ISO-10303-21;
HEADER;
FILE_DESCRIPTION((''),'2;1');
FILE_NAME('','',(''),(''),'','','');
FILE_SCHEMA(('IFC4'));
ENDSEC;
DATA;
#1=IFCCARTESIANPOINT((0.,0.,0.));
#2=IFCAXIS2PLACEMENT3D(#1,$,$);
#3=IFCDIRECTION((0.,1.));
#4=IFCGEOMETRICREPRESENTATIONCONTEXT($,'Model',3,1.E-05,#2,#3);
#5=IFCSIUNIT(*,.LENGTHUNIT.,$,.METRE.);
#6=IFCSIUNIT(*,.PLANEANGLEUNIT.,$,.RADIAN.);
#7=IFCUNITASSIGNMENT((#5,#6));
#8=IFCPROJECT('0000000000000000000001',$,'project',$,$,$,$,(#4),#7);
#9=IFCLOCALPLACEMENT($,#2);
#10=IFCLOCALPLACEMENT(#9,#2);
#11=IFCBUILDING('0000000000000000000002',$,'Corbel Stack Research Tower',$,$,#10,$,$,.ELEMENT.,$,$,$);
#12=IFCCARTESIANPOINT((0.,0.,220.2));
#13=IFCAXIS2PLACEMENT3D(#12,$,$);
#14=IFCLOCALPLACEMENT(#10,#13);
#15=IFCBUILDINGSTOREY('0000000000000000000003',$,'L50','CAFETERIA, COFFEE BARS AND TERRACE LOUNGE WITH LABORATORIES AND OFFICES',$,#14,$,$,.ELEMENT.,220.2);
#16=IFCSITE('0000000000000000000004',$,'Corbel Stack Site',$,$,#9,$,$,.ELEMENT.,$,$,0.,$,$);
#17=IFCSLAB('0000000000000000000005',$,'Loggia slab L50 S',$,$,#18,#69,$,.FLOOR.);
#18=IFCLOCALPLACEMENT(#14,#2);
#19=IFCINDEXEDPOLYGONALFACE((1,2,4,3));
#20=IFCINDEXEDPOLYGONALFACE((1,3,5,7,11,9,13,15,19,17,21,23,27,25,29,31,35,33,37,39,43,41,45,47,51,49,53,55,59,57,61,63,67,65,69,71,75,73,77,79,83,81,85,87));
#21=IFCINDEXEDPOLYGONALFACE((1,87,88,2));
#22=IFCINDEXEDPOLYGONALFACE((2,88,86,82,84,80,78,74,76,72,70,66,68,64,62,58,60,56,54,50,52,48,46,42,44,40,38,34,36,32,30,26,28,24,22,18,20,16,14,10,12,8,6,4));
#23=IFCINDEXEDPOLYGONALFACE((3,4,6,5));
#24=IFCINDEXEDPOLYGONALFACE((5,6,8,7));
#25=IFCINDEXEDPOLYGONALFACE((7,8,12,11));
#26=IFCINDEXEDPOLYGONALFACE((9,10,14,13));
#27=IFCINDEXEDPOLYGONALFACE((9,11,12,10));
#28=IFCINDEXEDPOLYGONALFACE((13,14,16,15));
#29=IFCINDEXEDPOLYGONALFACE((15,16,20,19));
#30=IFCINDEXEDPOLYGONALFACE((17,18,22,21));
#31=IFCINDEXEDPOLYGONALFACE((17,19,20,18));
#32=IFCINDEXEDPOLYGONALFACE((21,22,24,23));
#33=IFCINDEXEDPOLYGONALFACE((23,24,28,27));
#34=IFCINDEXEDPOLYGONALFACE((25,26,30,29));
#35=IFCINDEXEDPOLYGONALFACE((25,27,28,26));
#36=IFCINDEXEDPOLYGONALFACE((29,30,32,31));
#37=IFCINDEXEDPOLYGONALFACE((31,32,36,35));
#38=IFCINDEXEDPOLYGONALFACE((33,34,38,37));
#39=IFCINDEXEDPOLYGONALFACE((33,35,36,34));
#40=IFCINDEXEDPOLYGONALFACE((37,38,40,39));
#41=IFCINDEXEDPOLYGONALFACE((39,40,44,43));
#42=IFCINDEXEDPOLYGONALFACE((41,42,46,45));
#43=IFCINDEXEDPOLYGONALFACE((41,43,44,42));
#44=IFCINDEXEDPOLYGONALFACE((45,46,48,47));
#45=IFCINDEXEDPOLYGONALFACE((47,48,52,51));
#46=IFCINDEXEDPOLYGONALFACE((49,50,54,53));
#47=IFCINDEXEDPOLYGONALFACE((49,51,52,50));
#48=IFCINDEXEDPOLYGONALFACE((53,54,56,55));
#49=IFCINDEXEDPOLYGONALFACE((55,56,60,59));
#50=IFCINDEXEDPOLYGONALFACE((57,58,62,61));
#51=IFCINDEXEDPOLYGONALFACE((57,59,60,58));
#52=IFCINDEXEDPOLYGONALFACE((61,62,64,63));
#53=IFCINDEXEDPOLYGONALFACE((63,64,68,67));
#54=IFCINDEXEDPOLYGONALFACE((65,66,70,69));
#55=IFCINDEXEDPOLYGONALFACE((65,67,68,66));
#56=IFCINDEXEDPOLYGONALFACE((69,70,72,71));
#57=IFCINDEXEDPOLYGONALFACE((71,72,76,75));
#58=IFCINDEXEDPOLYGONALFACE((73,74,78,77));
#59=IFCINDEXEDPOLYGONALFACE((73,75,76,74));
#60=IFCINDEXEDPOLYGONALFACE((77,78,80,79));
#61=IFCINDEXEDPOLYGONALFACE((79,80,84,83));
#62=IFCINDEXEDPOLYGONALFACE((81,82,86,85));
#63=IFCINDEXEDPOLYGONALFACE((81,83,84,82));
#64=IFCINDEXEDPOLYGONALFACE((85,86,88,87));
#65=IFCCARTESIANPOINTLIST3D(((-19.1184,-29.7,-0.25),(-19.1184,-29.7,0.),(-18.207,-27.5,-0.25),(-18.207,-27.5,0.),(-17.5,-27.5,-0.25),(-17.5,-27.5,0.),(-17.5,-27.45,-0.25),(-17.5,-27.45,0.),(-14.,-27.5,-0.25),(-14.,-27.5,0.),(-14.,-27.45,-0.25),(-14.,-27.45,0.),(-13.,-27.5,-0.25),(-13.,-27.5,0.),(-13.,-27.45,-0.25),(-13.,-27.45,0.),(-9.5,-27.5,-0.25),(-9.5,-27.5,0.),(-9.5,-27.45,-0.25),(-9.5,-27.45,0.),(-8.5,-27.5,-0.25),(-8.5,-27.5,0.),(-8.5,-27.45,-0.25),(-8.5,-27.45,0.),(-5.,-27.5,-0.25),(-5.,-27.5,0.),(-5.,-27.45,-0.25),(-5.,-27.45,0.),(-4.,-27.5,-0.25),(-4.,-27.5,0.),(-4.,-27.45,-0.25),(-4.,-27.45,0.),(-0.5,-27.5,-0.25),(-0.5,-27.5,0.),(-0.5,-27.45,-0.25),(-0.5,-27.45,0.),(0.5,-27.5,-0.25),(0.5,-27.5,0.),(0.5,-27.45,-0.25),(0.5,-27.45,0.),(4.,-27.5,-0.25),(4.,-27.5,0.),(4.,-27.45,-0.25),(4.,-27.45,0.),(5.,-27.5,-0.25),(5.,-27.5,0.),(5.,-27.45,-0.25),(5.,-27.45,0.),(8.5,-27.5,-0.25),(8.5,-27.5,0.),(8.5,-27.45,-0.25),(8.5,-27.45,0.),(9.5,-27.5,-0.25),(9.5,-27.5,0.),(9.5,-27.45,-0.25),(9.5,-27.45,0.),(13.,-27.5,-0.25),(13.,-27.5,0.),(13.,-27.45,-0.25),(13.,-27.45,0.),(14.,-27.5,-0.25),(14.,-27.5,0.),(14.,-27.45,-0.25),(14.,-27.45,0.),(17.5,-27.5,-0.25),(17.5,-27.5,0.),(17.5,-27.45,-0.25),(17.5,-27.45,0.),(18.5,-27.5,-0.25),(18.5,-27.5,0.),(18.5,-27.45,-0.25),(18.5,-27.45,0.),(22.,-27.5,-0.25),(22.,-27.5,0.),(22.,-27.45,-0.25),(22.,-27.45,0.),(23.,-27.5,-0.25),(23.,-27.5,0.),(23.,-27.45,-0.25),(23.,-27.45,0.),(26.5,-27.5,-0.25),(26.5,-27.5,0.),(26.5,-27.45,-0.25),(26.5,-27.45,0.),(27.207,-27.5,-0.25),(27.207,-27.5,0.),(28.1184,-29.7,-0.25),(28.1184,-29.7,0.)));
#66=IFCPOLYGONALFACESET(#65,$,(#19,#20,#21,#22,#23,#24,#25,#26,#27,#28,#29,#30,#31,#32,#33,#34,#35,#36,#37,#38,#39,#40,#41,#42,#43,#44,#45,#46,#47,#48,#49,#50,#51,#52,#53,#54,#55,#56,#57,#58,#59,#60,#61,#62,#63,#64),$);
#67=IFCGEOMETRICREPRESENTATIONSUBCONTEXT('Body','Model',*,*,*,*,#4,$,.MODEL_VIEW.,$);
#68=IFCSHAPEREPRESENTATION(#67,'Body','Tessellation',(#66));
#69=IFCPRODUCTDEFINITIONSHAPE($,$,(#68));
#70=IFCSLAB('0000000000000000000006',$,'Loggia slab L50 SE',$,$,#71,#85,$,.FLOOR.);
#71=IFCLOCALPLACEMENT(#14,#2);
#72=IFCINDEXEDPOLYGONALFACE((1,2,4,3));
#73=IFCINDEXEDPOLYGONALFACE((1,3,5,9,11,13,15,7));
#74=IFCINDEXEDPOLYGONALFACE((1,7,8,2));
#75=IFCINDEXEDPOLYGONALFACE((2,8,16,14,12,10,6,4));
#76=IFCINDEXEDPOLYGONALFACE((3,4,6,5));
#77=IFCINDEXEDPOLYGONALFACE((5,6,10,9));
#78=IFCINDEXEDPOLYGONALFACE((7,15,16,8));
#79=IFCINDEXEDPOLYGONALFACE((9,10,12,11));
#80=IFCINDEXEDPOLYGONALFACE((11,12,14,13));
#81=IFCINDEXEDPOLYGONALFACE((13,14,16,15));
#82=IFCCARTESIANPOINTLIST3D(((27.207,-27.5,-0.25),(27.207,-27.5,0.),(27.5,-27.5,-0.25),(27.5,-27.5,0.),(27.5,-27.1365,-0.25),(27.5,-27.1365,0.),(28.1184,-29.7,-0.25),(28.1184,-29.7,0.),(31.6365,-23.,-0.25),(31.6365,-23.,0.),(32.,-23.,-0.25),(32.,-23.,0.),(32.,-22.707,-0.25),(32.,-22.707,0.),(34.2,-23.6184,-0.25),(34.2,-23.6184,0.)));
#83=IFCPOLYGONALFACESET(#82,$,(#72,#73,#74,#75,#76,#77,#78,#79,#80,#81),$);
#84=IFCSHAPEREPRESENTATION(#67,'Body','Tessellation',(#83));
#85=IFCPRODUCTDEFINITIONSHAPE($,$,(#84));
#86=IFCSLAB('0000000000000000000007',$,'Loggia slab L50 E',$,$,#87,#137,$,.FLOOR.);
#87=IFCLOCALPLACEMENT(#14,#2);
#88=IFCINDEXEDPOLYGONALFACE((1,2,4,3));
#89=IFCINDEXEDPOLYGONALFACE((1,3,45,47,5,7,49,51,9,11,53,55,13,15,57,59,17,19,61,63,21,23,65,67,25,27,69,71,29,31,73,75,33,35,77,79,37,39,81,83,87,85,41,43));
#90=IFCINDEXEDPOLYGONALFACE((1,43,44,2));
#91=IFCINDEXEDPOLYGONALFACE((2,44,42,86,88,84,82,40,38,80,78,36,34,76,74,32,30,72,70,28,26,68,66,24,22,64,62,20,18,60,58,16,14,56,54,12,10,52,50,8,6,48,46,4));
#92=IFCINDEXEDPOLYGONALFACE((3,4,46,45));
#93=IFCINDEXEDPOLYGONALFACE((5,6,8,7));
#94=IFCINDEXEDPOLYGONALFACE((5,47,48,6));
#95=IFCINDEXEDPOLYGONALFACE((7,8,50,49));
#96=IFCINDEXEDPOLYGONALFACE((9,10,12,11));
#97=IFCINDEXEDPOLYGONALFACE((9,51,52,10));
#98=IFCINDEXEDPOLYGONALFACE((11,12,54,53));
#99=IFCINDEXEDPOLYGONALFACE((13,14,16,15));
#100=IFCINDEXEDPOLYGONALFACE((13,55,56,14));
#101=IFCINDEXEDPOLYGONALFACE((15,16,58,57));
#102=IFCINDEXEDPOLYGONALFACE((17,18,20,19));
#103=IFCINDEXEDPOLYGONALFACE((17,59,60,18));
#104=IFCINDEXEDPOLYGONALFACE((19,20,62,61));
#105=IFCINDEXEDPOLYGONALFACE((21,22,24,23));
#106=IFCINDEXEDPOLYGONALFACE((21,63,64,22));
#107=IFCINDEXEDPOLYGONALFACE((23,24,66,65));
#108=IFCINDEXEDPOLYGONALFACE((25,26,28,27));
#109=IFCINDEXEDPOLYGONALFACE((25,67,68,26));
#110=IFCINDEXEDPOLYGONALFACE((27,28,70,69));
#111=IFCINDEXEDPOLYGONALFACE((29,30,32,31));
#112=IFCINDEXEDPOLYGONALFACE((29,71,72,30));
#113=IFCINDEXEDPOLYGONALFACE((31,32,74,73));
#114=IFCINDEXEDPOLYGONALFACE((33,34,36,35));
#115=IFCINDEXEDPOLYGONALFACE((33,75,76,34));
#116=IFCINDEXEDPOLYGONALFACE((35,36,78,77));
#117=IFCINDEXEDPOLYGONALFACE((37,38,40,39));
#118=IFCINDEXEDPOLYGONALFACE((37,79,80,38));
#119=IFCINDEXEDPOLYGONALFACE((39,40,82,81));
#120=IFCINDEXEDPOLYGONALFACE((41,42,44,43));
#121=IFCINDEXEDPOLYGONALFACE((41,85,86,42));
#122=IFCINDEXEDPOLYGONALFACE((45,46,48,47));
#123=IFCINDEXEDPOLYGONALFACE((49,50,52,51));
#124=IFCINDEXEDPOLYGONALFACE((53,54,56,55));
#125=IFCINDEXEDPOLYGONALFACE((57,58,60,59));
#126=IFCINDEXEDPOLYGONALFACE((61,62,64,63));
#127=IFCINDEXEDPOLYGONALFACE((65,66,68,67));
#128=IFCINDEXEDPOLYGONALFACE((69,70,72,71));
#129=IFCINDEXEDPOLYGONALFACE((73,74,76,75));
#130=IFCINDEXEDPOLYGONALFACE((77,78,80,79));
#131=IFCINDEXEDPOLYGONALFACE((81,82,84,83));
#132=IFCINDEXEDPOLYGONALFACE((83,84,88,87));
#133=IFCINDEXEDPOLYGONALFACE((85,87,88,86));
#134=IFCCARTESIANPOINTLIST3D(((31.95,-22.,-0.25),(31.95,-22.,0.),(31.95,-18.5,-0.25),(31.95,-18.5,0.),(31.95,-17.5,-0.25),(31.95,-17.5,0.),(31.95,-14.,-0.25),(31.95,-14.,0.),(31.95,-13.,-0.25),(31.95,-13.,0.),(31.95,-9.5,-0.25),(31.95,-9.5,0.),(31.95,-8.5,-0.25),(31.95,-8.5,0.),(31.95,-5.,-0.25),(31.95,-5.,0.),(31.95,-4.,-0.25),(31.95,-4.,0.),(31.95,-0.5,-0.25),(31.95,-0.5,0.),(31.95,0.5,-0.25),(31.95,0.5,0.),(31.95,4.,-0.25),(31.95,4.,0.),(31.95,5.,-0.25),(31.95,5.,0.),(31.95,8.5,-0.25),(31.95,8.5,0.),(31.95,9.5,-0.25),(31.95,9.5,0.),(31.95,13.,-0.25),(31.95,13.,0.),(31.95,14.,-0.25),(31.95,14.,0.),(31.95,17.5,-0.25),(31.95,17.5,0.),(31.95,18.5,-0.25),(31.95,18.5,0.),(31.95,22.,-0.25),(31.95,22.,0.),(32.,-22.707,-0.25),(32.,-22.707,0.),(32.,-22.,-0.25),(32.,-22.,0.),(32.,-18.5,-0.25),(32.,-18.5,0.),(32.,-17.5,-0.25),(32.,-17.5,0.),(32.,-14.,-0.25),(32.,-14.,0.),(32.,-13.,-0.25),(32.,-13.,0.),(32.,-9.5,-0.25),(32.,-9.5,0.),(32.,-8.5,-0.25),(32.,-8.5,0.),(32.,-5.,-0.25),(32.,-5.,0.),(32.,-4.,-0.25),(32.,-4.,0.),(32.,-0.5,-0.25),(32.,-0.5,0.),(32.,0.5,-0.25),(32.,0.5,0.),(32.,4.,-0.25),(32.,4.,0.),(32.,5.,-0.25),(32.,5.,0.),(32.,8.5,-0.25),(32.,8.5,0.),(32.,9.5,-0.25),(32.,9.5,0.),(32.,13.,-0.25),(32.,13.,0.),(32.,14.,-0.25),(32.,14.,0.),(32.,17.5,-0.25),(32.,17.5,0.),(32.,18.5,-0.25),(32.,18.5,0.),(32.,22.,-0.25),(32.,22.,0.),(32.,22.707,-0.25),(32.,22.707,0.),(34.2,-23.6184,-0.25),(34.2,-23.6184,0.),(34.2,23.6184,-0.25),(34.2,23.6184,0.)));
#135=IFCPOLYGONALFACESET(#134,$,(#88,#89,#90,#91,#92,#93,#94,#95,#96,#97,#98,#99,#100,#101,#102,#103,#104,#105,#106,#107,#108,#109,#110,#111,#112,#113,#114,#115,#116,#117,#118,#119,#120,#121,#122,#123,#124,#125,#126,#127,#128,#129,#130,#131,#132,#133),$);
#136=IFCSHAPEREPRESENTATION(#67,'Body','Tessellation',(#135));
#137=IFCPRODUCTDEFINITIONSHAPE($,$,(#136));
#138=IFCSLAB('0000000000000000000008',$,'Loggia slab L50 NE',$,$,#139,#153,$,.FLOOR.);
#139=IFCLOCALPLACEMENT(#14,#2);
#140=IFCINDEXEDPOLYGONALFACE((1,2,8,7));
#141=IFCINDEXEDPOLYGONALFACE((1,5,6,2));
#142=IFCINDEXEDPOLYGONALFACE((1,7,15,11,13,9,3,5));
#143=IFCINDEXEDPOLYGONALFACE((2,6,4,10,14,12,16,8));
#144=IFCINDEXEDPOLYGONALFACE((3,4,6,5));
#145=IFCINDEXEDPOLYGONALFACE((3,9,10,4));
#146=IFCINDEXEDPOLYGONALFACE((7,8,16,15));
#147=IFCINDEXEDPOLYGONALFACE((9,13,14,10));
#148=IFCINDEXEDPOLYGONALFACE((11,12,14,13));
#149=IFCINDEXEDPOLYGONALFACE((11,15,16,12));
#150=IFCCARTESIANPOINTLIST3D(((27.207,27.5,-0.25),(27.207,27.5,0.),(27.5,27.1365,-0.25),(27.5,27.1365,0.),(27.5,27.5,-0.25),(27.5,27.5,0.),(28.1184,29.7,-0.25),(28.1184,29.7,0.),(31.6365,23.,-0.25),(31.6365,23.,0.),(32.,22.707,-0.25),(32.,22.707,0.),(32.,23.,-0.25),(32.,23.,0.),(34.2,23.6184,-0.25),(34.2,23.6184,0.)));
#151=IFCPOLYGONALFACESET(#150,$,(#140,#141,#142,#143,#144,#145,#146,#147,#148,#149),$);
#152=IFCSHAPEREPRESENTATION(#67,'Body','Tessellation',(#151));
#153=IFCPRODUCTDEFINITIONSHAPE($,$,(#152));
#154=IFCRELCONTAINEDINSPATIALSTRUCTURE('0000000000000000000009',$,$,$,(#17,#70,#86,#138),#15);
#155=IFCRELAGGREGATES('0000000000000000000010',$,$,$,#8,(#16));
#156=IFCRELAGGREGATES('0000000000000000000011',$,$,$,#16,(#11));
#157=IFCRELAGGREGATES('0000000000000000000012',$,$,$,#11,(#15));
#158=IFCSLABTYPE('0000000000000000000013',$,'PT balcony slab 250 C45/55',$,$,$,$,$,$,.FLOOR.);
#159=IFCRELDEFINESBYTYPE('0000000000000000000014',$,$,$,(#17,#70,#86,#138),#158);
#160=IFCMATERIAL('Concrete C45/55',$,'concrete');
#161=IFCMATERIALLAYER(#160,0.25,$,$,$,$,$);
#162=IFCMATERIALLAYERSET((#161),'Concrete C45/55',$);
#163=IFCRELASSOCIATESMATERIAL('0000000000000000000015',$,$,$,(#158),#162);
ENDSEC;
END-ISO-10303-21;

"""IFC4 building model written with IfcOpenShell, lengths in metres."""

from ifc_helpers import new_model, si_unit, direction, frame, origin, place, context, subcontext, project, spatial, polyline, outline, extrude, material, layer, layer_set, type_object, element, save


model = new_model("IFC4")

# Units and contexts
model_context = context("Model", 3, precision=1e-05, world=origin(), true_north=direction((0.0, 1.0)))
body_context = subcontext(model_context, "Body", "Model", "MODEL_VIEW")
ifc_project = project(units=[si_unit("LENGTHUNIT", "METRE"), si_unit("PLANEANGLEUNIT", "RADIAN")], contexts=[model_context])

# Site, building, storey
site_placement = place(None, origin())
site = spatial("IfcSite", under=ifc_project, at=site_placement, Name="Corbel Stack Site", CompositionType="ELEMENT", RefElevation=0.0)
building_placement = place(site_placement, origin())
building = spatial("IfcBuilding", under=site, at=building_placement, Name="Corbel Stack Research Tower", CompositionType="ELEMENT")
storey_placement = place(building_placement, frame((0.0, 0.0, 220.2)))
storey = spatial("IfcBuildingStorey", under=building, at=storey_placement, Name="L50", Description="CAFETERIA, COFFEE BARS AND TERRACE LOUNGE WITH LABORATORIES AND OFFICES", CompositionType="ELEMENT", Elevation=220.2)

# Slabs
ifc_material_1 = material(Name="Concrete C45/55", Category="concrete")
ifc_layer_1 = layer(ifc_material_1, 0.25)
ifc_layer_set_1 = layer_set([ifc_layer_1], Name="Concrete C45/55")
slab_type_1 = type_object("IfcSlabType", Name="PT balcony slab 250 C45/55", PredefinedType="FLOOR", material=ifc_layer_set_1)
slab_1_placement = place(storey_placement, frame((0.0, 0.0, -0.25)))
element("IfcSlab", 1, at=slab_1_placement, inside=storey, type_object=slab_type_1, Name="Loggia slab L50 S", PredefinedType="FLOOR", context=body_context, shape_type="SweptSolid", body=[
    extrude(outline(polyline([(27.207, -27.5), (26.5, -27.5), (26.5, -27.45), (23.0, -27.45), (23.0, -27.5), (22.0, -27.5), (22.0, -27.45), (18.5, -27.45), (18.5, -27.5), (17.5, -27.5), (17.5, -27.45), (14.0, -27.45), (14.0, -27.5), (13.0, -27.5), (13.0, -27.45), (9.5, -27.45), (9.5, -27.5), (8.5, -27.5), (8.5, -27.45), (5.0, -27.45), (5.0, -27.5), (4.0, -27.5), (4.0, -27.45), (0.5, -27.45), (0.5, -27.5), (-0.5, -27.5), (-0.5, -27.45), (-4.0, -27.45), (-4.0, -27.5), (-5.0, -27.5), (-5.0, -27.45), (-8.5, -27.45), (-8.5, -27.5), (-9.5, -27.5), (-9.5, -27.45), (-13.0, -27.45), (-13.0, -27.5), (-14.0, -27.5), (-14.0, -27.45), (-17.5, -27.45), (-17.5, -27.5), (-18.207, -27.5), (-19.1184, -29.7), (28.1184, -29.7), (27.207, -27.5)])), origin(), (0.0, 0.0, 1.0), 0.25),
])
slab_2_placement = place(storey_placement, frame((0.0, 0.0, -0.25)))
element("IfcSlab", 2, at=slab_2_placement, inside=storey, type_object=slab_type_1, Name="Loggia slab L50 SE", PredefinedType="FLOOR", context=body_context, shape_type="SweptSolid", body=[
    extrude(outline(polyline([(32.0, -22.707), (32.0, -23.0), (31.6365, -23.0), (27.5, -27.1365), (27.5, -27.5), (27.207, -27.5), (28.1184, -29.7), (34.2, -23.6184), (32.0, -22.707)])), origin(), (0.0, 0.0, 1.0), 0.25),
])
slab_3_placement = place(storey_placement, frame((0.0, 0.0, -0.25)))
element("IfcSlab", 3, at=slab_3_placement, inside=storey, type_object=slab_type_1, Name="Loggia slab L50 E", PredefinedType="FLOOR", context=body_context, shape_type="SweptSolid", body=[
    extrude(outline(polyline([(32.0, 22.707), (32.0, 22.0), (31.95, 22.0), (31.95, 18.5), (32.0, 18.5), (32.0, 17.5), (31.95, 17.5), (31.95, 14.0), (32.0, 14.0), (32.0, 13.0), (31.95, 13.0), (31.95, 9.5), (32.0, 9.5), (32.0, 8.5), (31.95, 8.5), (31.95, 5.0), (32.0, 5.0), (32.0, 4.0), (31.95, 4.0), (31.95, 0.5), (32.0, 0.5), (32.0, -0.5), (31.95, -0.5), (31.95, -4.0), (32.0, -4.0), (32.0, -5.0), (31.95, -5.0), (31.95, -8.5), (32.0, -8.5), (32.0, -9.5), (31.95, -9.5), (31.95, -13.0), (32.0, -13.0), (32.0, -14.0), (31.95, -14.0), (31.95, -17.5), (32.0, -17.5), (32.0, -18.5), (31.95, -18.5), (31.95, -22.0), (32.0, -22.0), (32.0, -22.707), (34.2, -23.6184), (34.2, 23.6184), (32.0, 22.707)])), origin(), (0.0, 0.0, 1.0), 0.25),
])
slab_4_placement = place(storey_placement, frame((0.0, 0.0, -0.25)))
element("IfcSlab", 4, at=slab_4_placement, inside=storey, type_object=slab_type_1, Name="Loggia slab L50 NE", PredefinedType="FLOOR", context=body_context, shape_type="SweptSolid", body=[
    extrude(outline(polyline([(27.207, 27.5), (27.5, 27.5), (27.5, 27.1365), (31.6365, 23.0), (32.0, 23.0), (32.0, 22.707), (34.2, 23.6184), (28.1184, 29.7), (27.207, 27.5)])), origin(), (0.0, 0.0, 1.0), 0.25),
])

save(model, "model.ifc")
